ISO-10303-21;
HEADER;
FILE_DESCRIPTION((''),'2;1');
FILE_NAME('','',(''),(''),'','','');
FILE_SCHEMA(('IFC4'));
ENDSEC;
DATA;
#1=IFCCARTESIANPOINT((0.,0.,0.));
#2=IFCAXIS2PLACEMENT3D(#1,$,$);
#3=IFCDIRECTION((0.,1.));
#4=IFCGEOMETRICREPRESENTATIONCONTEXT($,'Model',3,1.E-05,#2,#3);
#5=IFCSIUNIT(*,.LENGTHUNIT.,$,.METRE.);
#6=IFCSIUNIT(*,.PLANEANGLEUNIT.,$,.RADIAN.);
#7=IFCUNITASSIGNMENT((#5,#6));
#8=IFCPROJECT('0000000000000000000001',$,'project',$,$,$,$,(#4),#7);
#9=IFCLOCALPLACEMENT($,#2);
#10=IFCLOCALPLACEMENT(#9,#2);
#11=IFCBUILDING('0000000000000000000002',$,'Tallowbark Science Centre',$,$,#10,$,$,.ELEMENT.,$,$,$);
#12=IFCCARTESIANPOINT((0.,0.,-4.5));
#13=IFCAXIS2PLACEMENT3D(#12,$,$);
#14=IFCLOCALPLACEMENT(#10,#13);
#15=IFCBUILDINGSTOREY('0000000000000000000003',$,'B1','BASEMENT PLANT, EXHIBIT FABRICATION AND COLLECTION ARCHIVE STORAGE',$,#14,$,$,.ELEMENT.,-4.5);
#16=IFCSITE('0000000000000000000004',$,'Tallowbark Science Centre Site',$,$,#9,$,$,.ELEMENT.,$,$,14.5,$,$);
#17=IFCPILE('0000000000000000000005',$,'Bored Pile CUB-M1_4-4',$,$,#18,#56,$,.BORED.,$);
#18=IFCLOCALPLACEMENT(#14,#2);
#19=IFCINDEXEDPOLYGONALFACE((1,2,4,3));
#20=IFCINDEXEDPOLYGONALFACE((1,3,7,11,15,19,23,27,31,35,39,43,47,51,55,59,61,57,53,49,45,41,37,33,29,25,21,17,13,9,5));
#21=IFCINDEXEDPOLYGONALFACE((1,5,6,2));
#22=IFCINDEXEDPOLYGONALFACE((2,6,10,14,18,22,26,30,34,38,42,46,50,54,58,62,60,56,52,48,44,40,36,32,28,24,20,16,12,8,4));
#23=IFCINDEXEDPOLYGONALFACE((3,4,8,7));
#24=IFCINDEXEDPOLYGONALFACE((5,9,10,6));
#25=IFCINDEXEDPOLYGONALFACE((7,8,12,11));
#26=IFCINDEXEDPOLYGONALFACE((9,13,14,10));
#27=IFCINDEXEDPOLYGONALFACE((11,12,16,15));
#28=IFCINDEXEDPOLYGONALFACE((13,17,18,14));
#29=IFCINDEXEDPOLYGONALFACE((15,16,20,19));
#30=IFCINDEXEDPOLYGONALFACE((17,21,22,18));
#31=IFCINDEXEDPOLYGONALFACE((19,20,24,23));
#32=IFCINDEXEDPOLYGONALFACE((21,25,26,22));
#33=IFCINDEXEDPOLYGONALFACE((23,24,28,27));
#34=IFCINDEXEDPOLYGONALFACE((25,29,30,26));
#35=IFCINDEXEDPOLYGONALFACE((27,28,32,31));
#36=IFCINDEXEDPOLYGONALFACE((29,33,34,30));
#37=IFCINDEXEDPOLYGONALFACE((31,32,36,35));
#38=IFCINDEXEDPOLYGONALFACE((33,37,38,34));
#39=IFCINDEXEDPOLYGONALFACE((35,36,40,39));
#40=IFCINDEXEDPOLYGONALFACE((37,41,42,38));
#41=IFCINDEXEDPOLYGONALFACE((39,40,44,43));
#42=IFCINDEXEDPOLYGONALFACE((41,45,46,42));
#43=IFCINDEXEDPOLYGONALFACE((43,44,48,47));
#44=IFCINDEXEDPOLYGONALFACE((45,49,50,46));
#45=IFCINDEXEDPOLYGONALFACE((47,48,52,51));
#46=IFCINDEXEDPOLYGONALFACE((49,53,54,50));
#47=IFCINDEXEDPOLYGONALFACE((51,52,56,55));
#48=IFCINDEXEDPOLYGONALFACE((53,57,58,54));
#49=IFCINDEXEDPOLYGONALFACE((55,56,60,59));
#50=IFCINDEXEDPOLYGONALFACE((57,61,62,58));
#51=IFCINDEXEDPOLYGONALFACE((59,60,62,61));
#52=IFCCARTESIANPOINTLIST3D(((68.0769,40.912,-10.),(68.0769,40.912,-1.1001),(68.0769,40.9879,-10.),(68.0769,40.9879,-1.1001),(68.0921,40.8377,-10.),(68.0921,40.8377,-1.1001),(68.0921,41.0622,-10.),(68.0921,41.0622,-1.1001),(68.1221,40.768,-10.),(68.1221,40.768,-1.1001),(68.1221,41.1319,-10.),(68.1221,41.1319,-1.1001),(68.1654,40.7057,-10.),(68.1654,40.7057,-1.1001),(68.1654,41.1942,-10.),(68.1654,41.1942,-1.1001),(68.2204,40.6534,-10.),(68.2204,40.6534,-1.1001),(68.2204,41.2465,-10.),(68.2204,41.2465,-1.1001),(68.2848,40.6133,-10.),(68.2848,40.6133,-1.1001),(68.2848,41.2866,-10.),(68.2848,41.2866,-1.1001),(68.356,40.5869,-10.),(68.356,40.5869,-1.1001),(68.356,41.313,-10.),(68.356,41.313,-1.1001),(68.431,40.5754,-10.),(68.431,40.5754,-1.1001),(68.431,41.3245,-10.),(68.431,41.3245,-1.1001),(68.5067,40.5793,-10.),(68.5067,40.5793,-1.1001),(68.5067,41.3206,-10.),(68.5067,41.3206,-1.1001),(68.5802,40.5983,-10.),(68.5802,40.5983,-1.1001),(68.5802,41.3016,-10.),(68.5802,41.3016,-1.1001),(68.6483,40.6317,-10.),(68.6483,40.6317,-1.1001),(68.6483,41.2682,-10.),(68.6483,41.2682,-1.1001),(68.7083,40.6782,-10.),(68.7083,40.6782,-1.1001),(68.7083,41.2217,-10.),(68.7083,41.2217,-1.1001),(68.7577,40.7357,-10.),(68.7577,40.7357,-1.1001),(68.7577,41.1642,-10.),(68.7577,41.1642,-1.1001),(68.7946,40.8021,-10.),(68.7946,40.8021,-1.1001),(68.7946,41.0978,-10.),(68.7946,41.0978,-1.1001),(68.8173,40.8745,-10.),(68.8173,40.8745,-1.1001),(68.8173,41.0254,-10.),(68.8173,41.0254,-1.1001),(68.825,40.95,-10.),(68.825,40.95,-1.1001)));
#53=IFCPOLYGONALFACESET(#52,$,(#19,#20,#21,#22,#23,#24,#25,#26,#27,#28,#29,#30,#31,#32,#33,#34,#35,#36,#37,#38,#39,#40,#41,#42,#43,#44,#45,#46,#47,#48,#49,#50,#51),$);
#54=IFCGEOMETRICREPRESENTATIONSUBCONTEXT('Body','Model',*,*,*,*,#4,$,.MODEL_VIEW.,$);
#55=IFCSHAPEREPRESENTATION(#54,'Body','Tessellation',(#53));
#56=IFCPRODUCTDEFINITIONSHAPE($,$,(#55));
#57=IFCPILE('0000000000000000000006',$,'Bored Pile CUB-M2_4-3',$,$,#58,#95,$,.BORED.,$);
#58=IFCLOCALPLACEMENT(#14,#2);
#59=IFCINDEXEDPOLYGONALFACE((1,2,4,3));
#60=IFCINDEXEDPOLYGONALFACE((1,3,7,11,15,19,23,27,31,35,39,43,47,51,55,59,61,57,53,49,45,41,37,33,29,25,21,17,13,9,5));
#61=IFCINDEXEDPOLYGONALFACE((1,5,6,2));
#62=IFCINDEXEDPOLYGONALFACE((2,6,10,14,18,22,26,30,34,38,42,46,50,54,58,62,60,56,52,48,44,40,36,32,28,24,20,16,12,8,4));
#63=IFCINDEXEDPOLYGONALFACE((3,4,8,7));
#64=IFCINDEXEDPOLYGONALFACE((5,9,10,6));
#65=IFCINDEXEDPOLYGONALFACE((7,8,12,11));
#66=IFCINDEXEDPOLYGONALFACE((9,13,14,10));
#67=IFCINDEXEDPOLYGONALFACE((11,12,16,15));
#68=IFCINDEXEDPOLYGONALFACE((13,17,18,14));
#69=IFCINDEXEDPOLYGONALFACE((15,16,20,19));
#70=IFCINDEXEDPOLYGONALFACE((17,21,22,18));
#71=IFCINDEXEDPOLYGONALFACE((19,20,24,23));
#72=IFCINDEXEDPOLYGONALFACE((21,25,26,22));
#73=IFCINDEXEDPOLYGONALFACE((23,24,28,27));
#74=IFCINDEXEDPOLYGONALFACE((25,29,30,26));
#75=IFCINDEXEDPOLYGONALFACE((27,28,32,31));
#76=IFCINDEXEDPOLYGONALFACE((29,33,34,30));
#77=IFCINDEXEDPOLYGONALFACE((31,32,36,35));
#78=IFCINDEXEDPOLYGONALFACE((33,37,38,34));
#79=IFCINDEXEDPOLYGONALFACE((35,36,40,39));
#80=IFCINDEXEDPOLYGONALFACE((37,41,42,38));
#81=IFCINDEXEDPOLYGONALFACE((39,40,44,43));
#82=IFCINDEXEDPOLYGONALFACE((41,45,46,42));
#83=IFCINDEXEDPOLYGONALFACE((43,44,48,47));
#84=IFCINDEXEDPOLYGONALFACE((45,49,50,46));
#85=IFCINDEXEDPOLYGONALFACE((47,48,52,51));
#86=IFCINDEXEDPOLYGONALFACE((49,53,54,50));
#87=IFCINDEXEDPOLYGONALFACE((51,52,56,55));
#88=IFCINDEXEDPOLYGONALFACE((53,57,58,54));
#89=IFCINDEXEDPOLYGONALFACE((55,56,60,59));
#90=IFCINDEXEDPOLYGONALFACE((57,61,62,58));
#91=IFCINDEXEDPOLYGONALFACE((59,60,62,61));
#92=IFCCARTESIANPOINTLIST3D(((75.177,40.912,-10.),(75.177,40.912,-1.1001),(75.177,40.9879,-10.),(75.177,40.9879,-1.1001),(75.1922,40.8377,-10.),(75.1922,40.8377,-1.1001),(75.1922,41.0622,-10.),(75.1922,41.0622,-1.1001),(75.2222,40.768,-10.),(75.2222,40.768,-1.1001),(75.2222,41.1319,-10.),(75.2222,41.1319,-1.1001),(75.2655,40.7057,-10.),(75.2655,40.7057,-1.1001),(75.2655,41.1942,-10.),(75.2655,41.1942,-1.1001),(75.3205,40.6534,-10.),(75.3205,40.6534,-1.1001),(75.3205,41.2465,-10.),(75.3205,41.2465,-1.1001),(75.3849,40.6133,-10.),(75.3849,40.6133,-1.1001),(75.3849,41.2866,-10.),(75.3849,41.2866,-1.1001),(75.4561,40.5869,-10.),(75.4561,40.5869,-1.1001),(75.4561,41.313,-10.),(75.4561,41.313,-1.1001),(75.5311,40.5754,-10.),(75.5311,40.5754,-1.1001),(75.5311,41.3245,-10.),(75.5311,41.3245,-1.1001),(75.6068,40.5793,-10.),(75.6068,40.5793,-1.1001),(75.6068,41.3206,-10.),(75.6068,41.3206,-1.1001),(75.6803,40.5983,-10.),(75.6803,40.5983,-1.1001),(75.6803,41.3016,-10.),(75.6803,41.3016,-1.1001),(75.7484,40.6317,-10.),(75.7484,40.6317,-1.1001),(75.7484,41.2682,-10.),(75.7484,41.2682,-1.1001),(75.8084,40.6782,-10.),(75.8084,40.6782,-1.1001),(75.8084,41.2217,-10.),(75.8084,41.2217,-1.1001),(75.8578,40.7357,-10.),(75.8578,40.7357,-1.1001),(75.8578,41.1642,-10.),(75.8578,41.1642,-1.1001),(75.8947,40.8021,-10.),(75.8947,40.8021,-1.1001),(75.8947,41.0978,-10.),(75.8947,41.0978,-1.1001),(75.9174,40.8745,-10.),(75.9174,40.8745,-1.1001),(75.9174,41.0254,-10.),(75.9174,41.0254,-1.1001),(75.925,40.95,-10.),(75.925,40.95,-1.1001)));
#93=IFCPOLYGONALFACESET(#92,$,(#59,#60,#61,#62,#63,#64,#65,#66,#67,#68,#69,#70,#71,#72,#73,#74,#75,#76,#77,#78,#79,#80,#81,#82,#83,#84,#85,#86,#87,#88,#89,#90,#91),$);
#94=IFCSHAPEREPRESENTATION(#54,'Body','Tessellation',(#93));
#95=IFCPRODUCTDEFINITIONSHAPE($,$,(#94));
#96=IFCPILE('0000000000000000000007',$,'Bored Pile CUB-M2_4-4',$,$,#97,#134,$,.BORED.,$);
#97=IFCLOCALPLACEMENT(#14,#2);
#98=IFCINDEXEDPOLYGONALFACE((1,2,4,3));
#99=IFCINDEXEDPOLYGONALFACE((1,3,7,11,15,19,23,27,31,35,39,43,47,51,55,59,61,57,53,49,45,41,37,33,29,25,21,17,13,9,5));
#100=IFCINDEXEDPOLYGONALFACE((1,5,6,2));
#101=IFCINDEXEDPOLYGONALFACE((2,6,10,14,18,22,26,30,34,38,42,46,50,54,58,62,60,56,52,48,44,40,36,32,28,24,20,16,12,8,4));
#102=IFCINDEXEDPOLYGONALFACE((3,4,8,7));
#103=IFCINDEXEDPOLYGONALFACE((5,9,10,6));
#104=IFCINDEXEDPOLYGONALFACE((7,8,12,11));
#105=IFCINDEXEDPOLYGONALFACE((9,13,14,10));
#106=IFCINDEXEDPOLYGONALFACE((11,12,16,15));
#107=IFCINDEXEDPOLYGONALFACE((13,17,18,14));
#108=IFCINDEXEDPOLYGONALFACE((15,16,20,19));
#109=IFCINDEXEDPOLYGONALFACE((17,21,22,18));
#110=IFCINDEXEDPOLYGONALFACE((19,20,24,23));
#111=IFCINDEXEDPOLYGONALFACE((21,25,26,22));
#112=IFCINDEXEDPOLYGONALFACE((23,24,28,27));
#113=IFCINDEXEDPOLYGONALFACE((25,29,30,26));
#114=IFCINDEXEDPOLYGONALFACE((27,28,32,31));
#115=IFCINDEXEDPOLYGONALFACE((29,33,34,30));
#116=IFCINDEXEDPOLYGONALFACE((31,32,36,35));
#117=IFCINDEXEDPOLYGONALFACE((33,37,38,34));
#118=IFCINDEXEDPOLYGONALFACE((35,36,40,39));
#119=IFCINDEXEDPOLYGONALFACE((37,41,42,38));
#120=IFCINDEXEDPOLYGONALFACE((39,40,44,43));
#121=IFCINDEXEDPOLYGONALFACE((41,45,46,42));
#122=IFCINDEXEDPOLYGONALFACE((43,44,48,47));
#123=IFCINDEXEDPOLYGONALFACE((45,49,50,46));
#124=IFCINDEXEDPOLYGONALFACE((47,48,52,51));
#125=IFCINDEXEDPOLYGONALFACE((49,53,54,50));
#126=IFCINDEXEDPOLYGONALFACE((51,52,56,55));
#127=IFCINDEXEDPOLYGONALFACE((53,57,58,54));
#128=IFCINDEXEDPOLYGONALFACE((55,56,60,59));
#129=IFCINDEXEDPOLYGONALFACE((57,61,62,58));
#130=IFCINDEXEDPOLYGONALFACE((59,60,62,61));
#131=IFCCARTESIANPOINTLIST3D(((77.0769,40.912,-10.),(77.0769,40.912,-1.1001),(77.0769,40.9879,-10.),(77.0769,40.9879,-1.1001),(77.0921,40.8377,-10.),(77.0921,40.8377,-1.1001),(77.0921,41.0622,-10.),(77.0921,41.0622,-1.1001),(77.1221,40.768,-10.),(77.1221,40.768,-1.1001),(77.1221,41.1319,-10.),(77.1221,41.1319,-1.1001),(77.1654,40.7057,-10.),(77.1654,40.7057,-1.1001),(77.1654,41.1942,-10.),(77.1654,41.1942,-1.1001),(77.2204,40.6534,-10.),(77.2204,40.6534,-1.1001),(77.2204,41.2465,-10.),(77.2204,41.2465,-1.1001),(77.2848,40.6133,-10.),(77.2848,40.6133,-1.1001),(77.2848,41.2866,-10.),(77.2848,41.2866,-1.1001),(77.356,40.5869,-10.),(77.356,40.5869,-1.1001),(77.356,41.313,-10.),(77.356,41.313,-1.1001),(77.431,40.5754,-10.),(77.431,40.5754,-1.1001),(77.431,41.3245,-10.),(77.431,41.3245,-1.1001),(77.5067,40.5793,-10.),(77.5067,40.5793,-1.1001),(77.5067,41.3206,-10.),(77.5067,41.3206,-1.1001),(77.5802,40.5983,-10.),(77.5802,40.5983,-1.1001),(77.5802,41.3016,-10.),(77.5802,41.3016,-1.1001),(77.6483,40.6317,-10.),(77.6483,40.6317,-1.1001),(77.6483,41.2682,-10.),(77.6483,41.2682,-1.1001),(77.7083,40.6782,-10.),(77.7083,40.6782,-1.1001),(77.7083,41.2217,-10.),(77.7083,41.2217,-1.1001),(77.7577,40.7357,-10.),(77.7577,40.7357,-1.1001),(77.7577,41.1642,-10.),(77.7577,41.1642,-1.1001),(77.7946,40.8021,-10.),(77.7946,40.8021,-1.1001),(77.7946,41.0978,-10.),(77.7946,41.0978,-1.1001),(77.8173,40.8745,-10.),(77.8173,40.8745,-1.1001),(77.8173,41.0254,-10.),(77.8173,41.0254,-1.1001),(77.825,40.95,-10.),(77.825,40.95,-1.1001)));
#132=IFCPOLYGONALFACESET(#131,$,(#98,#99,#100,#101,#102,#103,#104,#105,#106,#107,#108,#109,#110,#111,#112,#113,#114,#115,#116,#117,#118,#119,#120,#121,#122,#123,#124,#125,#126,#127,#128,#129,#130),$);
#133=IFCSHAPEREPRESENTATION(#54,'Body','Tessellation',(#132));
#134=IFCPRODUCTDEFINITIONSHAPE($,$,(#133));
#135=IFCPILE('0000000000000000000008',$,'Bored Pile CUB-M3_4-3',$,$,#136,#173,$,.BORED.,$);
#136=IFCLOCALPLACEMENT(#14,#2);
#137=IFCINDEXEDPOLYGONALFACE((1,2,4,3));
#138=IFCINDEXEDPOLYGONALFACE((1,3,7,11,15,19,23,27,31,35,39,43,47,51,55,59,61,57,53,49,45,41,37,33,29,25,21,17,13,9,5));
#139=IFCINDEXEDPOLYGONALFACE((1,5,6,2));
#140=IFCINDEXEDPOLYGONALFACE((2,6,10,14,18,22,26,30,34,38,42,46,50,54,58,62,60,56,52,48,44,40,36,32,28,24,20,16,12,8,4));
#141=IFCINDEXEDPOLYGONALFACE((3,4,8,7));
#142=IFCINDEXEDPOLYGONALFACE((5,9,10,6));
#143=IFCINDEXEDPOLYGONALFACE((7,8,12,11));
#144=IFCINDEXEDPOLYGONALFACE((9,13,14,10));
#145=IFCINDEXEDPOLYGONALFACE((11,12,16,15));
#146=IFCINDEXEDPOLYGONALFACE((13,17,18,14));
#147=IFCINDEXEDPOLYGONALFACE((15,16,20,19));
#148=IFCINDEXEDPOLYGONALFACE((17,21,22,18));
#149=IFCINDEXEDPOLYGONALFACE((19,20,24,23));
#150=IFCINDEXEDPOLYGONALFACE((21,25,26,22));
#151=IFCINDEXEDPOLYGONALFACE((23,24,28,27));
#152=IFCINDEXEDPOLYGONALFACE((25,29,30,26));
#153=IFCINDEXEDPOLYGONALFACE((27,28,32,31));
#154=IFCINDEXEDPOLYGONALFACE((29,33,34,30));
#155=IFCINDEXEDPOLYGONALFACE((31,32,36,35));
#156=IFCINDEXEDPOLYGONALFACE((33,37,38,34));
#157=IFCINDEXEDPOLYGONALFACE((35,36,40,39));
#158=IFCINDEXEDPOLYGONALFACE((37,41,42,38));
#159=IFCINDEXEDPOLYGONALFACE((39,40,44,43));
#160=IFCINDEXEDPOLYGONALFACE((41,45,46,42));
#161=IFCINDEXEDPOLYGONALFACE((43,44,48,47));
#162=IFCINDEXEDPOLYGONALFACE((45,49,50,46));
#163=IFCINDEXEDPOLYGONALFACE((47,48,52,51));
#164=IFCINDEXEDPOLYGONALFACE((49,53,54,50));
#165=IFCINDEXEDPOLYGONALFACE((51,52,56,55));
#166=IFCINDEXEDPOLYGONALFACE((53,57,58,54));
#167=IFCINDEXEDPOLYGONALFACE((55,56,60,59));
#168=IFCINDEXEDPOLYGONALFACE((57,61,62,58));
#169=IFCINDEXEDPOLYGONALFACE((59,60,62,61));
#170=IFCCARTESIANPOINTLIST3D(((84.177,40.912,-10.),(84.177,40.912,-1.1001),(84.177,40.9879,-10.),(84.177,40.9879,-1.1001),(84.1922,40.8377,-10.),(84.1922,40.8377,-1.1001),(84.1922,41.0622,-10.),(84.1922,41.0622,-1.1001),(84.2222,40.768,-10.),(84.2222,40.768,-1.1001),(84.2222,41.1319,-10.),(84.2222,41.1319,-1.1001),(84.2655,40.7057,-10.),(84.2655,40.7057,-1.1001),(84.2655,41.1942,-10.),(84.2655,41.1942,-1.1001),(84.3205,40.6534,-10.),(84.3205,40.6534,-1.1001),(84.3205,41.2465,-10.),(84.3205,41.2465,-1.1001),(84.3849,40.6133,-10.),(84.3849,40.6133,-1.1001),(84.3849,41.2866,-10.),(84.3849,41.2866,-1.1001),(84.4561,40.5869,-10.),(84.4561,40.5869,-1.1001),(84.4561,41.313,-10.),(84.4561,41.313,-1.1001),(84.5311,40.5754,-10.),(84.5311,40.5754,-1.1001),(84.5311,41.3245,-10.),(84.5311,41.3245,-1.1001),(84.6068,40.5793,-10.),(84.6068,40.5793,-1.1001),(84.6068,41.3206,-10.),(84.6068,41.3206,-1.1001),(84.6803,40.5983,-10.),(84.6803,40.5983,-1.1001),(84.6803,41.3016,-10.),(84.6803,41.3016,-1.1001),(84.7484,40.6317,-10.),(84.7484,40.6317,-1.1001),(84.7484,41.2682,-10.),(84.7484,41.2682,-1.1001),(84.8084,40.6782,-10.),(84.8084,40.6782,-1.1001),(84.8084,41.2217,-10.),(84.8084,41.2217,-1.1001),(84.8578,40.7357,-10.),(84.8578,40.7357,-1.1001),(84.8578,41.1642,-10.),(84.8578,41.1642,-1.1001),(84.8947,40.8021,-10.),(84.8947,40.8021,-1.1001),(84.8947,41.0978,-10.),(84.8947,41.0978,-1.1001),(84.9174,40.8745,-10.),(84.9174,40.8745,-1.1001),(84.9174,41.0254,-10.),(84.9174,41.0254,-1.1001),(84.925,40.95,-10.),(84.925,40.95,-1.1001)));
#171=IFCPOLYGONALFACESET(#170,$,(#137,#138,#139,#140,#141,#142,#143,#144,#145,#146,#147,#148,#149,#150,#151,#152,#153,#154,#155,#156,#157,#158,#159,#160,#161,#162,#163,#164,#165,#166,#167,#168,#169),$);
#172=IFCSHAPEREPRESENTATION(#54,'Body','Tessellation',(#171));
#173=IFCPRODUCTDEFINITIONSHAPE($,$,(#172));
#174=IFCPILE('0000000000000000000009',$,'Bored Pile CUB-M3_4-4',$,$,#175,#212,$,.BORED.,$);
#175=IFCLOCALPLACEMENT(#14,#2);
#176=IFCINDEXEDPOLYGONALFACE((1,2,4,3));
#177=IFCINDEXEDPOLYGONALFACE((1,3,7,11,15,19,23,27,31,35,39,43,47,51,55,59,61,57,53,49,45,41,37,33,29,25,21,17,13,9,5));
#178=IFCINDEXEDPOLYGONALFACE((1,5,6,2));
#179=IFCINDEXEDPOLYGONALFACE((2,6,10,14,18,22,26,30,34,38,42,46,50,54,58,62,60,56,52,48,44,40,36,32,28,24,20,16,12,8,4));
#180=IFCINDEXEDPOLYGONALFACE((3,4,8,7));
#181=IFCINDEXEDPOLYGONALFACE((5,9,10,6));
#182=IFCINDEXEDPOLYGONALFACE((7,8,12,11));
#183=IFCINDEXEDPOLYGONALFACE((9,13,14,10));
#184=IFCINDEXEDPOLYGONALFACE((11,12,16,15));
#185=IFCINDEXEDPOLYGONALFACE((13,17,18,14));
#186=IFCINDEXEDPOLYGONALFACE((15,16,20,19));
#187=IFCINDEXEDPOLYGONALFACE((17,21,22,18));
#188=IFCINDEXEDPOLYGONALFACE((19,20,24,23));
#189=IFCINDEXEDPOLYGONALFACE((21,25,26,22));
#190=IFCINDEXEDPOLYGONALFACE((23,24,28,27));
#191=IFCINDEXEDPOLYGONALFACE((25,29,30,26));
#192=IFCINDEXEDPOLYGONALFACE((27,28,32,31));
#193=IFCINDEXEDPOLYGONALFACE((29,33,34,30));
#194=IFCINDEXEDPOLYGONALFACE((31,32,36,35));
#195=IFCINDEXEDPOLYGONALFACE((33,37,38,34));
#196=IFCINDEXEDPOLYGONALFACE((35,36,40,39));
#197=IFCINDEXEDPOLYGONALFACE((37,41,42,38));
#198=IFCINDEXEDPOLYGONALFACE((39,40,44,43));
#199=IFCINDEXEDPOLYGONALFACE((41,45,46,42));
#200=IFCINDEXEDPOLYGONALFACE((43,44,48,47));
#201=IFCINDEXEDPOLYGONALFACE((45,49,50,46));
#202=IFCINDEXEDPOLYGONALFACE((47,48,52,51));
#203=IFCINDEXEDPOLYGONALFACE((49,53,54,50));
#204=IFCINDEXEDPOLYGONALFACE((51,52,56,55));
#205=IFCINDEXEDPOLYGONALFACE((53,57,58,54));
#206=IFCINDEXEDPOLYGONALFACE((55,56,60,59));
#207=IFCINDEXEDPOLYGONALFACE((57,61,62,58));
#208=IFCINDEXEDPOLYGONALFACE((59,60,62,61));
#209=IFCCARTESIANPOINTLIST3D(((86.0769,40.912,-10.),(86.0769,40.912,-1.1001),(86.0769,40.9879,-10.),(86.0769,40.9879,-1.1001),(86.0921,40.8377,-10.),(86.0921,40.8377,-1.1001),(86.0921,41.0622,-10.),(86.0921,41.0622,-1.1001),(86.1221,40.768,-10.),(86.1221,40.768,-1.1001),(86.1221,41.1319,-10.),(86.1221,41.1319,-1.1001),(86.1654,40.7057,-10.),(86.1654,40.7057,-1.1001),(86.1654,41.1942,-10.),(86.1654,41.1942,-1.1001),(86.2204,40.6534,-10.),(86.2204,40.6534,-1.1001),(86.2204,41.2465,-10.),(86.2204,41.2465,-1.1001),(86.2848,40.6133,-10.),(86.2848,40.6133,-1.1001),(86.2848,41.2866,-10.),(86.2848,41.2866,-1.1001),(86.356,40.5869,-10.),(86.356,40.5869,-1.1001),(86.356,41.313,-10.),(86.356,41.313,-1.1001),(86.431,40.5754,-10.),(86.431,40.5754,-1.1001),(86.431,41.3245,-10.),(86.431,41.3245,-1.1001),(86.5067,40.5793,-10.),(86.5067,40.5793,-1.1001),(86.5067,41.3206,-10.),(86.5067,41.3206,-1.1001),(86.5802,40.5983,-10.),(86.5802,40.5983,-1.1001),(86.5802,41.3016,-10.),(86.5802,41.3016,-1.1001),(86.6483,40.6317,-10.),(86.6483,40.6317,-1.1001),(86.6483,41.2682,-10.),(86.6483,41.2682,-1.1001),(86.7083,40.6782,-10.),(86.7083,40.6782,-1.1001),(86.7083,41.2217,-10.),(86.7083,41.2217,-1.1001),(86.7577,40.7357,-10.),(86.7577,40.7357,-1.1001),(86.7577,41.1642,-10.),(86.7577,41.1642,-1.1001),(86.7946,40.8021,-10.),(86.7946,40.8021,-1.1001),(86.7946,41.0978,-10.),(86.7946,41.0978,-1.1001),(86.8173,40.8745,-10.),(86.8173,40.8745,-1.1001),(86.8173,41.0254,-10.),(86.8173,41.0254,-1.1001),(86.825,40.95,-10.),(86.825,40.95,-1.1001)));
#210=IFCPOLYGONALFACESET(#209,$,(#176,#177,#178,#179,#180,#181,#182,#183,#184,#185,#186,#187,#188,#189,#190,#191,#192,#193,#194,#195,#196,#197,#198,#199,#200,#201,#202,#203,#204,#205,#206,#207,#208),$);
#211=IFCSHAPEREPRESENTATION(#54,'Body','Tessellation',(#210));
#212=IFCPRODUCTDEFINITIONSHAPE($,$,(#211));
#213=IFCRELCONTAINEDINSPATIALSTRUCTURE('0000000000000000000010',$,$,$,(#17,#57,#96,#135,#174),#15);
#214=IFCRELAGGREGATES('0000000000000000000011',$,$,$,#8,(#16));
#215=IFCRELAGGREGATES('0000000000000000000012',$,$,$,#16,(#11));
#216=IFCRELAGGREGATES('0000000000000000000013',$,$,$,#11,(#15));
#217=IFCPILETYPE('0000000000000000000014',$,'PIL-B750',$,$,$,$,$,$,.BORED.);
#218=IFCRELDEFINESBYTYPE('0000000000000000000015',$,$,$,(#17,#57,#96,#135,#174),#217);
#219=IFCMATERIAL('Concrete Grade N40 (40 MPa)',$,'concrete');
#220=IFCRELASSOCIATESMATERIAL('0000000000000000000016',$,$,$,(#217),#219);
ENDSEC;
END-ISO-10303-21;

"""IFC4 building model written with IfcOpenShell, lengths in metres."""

from ifc_helpers import new_model, si_unit, direction, frame, origin, origin_2d, place, context, subcontext, project, spatial, circle, extrude, material, material_profile, profile_set, type_object, element, save


model = new_model("IFC4")

# Units and contexts
model_context = context("Model", 3, precision=1e-05, world=origin(), true_north=direction((0.0, 1.0)))
body_context = subcontext(model_context, "Body", "Model", "MODEL_VIEW")
ifc_project = project(units=[si_unit("LENGTHUNIT", "METRE"), si_unit("PLANEANGLEUNIT", "RADIAN")], contexts=[model_context])

# Site, building, storey
site_placement = place(None, origin())
site = spatial("IfcSite", under=ifc_project, at=site_placement, Name="Tallowbark Science Centre Site", CompositionType="ELEMENT", RefElevation=14.5)
building_placement = place(site_placement, origin())
building = spatial("IfcBuilding", under=site, at=building_placement, Name="Tallowbark Science Centre", CompositionType="ELEMENT")
storey_placement = place(building_placement, frame((0.0, 0.0, -4.5)))
storey = spatial("IfcBuildingStorey", under=building, at=storey_placement, Name="B1", Description="BASEMENT PLANT, EXHIBIT FABRICATION AND COLLECTION ARCHIVE STORAGE", CompositionType="ELEMENT", Elevation=-4.5)

# Piles
ifc_material_1 = material(Name="Concrete Grade N40 (40 MPa)", Category="concrete")
ifc_material_profile_1 = material_profile(ifc_material_1, circle(Radius=0.375, at=origin_2d()), Name="PILE750")
ifc_profile_set_1 = profile_set([ifc_material_profile_1], Name="Concrete Grade N40 (40 MPa)")
pile_type = type_object("IfcPileType", Name="PIL-B750", PredefinedType="BORED", material=ifc_profile_set_1)
for number, where, z_axis, x_axis, name in (
    (1, (68.45, 40.95, -1.1001), (0.0, 0.0, -1.0), (1.0, 0.0, 0.0), "Bored Pile CUB-M1_4-4"),
    (2, (75.55, 40.95, -1.1001), (0.0, 0.0, -1.0), (1.0, 0.0, 0.0), "Bored Pile CUB-M2_4-3"),
    (3, (77.45, 40.95, -1.1001), (0.0, 0.0, -1.0), (1.0, 0.0, 0.0), "Bored Pile CUB-M2_4-4"),
    (4, (84.55, 40.95, -1.1001), (0.0, 0.0, -1.0), (1.0, 0.0, 0.0), "Bored Pile CUB-M3_4-3"),
    (5, (86.45, 40.95, -1.1001), (0.0, 0.0, -1.0), (1.0, 0.0, 0.0), "Bored Pile CUB-M3_4-4"),
):
    element("IfcPile", number, at=place(storey_placement, frame(where, z_axis=z_axis, x_axis=x_axis)), inside=storey, type_object=pile_type, Name=name, PredefinedType="BORED", context=body_context, shape_type="SweptSolid", body=[
        extrude(circle(Radius=0.375, at=origin_2d()), origin(), (0.0, 0.0, 1.0), 8.8999),
    ])

save(model, "model.ifc")
